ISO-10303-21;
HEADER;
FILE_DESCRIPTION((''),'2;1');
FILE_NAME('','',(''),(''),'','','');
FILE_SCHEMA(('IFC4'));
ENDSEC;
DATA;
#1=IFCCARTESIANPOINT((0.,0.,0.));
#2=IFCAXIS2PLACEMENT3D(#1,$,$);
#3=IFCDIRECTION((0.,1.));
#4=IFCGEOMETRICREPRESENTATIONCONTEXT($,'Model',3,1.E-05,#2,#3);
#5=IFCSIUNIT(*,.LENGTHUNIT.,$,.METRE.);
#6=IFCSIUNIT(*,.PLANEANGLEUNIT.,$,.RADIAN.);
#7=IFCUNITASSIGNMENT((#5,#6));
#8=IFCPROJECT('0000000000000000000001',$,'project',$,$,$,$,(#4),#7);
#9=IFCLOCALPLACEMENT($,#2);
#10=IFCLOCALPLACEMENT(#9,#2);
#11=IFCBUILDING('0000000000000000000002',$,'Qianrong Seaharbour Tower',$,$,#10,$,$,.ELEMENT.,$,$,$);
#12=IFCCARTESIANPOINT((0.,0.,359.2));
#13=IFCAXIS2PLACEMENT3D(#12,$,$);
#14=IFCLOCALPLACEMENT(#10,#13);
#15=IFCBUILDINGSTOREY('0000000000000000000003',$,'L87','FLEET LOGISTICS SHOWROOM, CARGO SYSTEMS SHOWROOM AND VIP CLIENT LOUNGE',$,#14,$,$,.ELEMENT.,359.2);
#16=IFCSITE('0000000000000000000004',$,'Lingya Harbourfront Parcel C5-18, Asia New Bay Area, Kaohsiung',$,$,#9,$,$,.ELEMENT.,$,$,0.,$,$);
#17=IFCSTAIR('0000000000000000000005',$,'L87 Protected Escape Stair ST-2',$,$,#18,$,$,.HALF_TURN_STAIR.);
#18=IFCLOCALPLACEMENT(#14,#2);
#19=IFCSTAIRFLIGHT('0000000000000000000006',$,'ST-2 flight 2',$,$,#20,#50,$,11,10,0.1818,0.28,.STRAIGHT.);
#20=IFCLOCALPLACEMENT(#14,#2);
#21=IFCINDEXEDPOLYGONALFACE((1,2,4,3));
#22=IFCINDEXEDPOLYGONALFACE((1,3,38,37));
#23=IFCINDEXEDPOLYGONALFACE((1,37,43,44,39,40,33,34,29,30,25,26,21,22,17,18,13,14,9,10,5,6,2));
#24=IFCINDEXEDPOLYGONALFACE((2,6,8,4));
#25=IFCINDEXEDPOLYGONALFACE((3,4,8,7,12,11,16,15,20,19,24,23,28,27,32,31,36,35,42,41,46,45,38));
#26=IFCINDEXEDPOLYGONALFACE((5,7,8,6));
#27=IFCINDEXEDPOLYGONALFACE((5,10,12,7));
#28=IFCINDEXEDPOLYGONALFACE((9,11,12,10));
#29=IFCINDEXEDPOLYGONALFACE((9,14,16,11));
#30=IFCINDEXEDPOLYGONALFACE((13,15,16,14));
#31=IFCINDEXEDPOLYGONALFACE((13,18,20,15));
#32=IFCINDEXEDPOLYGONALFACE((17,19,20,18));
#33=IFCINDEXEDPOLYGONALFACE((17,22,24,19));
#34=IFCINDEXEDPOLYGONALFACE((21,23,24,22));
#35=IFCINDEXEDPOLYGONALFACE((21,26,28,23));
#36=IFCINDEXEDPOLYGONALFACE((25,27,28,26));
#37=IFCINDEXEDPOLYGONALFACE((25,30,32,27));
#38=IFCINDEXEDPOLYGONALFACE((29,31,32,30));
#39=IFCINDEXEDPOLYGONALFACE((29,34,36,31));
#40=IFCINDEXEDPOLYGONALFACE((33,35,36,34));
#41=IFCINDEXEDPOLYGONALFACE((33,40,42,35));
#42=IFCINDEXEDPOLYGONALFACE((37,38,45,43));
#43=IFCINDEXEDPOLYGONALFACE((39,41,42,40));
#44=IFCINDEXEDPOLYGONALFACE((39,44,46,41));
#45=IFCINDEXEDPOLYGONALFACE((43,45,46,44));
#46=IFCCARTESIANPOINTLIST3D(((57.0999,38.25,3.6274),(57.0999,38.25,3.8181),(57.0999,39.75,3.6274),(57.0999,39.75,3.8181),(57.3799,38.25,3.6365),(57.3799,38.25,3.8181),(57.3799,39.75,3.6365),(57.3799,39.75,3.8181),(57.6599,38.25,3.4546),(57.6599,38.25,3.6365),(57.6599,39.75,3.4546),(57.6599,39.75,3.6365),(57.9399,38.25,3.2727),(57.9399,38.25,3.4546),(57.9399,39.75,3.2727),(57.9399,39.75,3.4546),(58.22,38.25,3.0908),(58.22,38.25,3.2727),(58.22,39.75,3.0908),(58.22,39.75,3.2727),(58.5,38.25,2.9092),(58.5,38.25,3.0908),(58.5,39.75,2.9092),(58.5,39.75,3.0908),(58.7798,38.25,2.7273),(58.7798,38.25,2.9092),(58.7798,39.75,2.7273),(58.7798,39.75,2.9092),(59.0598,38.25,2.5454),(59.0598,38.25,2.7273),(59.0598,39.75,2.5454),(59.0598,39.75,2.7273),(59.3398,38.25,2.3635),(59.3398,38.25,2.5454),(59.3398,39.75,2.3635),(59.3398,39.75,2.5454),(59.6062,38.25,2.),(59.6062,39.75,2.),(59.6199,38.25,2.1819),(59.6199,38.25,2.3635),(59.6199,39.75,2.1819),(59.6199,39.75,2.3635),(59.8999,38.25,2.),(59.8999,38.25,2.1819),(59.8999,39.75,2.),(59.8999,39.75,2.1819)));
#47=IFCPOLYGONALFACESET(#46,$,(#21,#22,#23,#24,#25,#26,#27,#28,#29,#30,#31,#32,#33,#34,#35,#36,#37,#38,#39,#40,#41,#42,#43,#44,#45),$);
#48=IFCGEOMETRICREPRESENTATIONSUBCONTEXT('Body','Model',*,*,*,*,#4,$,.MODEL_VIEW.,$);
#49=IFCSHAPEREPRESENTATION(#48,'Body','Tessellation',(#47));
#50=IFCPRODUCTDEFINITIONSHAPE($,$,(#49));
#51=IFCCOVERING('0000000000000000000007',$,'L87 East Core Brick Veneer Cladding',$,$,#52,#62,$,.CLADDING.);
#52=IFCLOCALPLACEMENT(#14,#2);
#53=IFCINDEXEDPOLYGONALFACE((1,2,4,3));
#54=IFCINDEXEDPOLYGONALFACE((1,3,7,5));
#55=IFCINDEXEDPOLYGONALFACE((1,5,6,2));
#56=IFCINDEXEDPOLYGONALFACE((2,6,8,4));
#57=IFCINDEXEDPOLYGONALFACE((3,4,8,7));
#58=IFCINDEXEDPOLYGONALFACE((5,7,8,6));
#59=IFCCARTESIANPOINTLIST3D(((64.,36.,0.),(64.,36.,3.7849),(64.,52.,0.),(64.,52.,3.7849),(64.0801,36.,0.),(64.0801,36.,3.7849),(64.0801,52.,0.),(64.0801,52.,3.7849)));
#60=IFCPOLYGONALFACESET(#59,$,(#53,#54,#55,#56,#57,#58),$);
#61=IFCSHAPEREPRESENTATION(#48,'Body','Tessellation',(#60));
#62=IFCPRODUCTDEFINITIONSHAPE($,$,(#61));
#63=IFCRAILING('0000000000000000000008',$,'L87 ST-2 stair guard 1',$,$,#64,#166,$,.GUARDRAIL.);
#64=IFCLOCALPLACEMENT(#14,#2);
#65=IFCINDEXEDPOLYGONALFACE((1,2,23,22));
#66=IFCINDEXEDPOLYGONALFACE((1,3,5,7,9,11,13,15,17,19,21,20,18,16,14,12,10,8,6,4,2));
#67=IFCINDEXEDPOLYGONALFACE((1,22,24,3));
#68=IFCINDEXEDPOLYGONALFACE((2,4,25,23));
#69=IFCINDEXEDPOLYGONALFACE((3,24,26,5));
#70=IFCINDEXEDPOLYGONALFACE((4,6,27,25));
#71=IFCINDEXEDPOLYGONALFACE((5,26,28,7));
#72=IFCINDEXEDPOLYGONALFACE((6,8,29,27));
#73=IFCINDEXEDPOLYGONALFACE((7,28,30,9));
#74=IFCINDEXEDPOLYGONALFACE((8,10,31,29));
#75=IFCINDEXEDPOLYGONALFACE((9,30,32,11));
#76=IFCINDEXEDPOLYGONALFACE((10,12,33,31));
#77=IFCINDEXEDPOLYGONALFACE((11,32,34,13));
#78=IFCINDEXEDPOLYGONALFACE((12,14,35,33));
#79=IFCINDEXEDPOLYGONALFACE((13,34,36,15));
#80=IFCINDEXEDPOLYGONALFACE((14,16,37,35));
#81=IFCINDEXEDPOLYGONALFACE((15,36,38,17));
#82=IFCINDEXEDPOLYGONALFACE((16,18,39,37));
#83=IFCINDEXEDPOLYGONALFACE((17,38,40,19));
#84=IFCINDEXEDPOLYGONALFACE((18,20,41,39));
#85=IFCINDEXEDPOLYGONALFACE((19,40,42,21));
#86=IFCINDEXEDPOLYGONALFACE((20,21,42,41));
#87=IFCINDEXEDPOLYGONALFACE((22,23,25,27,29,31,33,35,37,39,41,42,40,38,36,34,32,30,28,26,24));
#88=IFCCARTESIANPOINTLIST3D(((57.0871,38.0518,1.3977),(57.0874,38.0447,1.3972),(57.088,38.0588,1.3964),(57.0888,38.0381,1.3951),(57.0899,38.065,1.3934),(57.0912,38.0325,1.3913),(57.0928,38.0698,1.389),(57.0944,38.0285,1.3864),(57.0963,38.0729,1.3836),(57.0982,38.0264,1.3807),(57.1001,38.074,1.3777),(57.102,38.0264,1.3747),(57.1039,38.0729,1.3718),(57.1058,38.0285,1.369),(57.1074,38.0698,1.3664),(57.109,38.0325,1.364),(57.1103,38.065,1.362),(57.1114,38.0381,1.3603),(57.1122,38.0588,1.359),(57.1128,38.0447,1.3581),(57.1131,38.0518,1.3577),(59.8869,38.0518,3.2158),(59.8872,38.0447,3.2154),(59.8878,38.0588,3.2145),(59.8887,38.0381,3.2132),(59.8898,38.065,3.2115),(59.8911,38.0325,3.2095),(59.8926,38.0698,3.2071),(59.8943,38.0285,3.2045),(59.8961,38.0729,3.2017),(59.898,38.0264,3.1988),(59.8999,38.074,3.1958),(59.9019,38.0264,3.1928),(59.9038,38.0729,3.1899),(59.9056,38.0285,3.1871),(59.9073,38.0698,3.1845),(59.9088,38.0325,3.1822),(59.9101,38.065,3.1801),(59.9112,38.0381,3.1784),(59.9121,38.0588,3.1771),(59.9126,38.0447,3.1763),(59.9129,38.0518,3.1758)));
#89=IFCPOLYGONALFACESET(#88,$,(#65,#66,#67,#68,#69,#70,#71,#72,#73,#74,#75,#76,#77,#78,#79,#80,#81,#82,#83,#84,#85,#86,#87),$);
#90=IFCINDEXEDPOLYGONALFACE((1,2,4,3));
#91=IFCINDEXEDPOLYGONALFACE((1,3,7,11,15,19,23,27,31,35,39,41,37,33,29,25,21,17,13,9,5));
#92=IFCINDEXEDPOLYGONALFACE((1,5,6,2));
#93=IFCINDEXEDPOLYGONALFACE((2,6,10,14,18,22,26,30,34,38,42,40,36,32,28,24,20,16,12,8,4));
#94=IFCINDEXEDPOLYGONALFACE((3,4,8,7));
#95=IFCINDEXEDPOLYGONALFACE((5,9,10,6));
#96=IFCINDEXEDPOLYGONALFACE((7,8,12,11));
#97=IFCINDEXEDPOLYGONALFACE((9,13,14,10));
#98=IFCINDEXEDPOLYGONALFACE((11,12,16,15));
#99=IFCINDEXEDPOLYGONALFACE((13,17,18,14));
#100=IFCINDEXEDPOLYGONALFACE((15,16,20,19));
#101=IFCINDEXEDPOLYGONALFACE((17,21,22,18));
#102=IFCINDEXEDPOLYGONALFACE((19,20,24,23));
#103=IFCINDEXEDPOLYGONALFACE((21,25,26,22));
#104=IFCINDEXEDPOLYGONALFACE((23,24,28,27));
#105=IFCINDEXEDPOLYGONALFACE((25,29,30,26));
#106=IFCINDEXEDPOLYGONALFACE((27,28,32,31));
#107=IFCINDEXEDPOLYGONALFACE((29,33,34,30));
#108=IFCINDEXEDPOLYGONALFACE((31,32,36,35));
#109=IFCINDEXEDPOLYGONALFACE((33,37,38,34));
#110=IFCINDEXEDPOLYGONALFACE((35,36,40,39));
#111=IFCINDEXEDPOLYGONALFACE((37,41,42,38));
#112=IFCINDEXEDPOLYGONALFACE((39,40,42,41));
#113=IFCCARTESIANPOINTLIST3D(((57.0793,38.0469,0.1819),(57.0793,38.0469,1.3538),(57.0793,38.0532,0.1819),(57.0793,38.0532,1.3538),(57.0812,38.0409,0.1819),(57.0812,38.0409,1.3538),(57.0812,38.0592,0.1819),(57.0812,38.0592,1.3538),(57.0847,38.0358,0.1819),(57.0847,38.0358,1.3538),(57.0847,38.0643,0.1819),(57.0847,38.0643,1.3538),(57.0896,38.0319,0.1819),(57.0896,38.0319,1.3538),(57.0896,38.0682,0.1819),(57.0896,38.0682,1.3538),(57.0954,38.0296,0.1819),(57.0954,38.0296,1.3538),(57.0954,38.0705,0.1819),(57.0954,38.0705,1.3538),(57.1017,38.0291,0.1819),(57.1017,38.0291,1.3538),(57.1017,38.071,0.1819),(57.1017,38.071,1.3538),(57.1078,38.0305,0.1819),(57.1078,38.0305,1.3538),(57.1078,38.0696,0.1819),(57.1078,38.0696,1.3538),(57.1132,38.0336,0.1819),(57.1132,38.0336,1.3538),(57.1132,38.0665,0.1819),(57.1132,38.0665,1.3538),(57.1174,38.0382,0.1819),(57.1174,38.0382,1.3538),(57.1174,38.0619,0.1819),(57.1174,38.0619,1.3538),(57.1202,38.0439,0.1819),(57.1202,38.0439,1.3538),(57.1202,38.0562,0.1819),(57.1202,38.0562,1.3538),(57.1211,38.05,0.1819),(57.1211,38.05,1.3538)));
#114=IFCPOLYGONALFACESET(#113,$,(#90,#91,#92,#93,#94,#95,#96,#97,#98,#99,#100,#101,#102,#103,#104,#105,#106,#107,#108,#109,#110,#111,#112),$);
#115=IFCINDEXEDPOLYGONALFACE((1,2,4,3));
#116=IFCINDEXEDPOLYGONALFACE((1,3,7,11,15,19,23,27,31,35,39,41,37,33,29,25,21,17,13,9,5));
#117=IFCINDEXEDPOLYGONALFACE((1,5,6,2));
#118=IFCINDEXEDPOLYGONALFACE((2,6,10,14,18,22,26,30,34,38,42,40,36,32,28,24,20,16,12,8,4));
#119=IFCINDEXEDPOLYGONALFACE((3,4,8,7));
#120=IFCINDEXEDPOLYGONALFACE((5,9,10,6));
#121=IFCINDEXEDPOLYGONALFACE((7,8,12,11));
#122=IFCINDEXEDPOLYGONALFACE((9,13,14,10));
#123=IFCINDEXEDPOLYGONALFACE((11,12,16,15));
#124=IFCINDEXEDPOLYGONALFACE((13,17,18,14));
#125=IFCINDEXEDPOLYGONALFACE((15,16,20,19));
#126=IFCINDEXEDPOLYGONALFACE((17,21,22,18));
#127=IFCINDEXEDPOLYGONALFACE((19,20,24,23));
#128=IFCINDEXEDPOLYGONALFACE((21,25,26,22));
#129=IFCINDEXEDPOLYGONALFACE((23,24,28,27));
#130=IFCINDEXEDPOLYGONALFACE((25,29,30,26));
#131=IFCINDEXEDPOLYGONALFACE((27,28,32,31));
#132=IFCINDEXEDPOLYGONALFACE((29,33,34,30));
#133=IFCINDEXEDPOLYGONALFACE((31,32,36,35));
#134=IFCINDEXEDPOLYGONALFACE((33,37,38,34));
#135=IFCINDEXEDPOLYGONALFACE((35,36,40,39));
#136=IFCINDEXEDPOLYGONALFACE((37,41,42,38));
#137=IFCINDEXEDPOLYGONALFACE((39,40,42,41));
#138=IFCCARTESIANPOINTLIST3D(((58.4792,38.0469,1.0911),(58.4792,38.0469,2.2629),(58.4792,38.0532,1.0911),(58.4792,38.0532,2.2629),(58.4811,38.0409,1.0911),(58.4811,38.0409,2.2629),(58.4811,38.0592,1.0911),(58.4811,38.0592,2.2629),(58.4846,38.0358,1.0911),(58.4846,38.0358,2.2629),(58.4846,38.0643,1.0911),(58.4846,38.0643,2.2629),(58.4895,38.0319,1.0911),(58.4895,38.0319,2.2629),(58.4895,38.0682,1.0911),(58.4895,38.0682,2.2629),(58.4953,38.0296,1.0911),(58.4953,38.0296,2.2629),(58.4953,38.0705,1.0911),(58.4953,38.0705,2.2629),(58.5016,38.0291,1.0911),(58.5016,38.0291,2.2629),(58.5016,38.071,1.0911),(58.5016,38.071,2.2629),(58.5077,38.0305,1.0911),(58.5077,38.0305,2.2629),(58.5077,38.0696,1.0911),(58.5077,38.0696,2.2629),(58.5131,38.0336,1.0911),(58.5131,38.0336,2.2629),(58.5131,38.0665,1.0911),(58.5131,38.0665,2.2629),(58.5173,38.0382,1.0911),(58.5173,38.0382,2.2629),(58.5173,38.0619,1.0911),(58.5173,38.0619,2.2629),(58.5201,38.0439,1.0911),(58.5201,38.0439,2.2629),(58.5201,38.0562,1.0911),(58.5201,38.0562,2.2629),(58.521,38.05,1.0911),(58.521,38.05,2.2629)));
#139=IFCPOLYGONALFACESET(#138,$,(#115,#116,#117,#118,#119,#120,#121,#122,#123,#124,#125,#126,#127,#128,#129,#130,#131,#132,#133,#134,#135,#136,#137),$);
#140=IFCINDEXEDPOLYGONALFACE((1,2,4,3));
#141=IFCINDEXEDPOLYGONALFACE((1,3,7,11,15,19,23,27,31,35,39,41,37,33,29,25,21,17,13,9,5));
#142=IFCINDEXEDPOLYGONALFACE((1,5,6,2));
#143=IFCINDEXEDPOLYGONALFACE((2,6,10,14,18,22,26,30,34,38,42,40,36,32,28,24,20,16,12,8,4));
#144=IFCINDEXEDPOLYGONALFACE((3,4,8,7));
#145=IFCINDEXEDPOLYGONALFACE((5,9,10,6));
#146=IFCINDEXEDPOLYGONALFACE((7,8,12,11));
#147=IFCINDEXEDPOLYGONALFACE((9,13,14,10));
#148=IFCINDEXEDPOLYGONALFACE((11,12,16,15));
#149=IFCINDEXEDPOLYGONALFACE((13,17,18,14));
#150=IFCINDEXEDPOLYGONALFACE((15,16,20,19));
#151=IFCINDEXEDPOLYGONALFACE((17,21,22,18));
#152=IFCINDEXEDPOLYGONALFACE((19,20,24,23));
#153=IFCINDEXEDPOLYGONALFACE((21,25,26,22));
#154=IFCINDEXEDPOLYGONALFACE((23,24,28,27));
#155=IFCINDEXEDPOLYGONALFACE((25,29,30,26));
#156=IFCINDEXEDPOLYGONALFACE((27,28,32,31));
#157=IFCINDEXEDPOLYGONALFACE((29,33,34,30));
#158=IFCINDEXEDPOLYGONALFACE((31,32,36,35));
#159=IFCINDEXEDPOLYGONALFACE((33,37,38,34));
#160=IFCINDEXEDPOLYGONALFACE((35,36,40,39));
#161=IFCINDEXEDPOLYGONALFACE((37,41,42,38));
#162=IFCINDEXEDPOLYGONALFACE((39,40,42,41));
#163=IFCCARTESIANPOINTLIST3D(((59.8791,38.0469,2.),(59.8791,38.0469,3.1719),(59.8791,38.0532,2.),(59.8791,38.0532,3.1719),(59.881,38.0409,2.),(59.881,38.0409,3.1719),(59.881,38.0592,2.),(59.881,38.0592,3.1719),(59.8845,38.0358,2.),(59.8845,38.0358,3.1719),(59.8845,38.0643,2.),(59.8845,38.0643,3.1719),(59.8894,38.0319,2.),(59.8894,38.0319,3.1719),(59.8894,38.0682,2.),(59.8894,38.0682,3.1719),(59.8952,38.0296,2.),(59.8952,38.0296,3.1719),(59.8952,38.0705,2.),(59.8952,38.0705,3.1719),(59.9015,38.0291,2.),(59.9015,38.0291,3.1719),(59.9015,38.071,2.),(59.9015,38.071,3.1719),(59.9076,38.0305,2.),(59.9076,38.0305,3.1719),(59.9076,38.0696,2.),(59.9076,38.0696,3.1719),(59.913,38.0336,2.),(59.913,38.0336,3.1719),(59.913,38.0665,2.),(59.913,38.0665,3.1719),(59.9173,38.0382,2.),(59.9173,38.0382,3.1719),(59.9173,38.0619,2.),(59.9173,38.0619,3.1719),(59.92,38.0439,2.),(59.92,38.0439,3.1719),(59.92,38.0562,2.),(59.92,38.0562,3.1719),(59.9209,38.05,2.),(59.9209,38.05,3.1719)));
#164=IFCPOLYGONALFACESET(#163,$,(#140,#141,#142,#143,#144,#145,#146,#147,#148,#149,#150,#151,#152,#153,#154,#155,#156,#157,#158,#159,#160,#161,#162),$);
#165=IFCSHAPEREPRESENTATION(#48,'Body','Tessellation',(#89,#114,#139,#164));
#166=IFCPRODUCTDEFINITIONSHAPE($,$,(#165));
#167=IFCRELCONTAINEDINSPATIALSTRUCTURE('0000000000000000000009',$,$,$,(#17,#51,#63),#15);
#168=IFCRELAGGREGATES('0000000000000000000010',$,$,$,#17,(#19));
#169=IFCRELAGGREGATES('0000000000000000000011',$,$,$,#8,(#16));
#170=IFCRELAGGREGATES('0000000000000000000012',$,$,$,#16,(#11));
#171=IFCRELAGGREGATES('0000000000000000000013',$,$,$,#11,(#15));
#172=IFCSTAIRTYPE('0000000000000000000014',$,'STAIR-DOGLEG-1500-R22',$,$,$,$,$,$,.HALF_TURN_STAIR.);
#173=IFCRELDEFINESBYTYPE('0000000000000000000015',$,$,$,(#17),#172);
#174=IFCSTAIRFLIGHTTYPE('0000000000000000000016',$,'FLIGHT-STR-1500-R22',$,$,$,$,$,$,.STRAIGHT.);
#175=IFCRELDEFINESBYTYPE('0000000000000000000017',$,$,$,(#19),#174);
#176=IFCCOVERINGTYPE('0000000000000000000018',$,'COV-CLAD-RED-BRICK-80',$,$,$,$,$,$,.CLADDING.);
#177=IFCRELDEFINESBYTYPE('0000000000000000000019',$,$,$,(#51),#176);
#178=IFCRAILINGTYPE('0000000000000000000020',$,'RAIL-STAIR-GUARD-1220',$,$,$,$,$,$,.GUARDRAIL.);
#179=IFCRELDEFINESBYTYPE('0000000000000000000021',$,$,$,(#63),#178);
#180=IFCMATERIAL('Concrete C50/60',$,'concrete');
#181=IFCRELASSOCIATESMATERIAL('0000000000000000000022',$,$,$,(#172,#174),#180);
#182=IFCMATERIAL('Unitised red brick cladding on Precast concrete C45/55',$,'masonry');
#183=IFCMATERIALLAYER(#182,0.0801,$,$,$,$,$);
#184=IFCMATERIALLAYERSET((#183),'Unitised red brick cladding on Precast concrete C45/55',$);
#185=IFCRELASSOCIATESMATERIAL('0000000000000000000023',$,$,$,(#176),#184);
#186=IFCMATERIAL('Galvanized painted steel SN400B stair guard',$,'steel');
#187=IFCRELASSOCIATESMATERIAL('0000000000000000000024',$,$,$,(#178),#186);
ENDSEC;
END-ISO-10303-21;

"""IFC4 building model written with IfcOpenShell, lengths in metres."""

from ifc_helpers import new_model, si_unit, direction, frame, origin, origin_2d, place, context, subcontext, project, spatial, polyline, rectangle, circle, outline, extrude, material, layer, layer_set, type_object, element, aggregate, save


model = new_model("IFC4")

# Units and contexts
model_context = context("Model", 3, precision=1e-05, world=origin(), true_north=direction((0.0, 1.0)))
body_context = subcontext(model_context, "Body", "Model", "MODEL_VIEW")
ifc_project = project(units=[si_unit("LENGTHUNIT", "METRE"), si_unit("PLANEANGLEUNIT", "RADIAN")], contexts=[model_context])

# Site, building, storey
site_placement = place(None, origin())
site = spatial("IfcSite", under=ifc_project, at=site_placement, Name="Lingya Harbourfront Parcel C5-18, Asia New Bay Area, Kaohsiung", CompositionType="ELEMENT", RefElevation=0.0)
building_placement = place(site_placement, origin())
building = spatial("IfcBuilding", under=site, at=building_placement, Name="Qianrong Seaharbour Tower", CompositionType="ELEMENT")
storey_placement = place(building_placement, frame((0.0, 0.0, 359.2)))
storey = spatial("IfcBuildingStorey", under=building, at=storey_placement, Name="L87", Description="FLEET LOGISTICS SHOWROOM, CARGO SYSTEMS SHOWROOM AND VIP CLIENT LOUNGE", CompositionType="ELEMENT", Elevation=359.2)

# Shared definitions
ifc_material_1 = material(Name="Concrete C50/60", Category="concrete")

# Stair, stair flight
stair_type = type_object("IfcStairType", Name="STAIR-DOGLEG-1500-R22", PredefinedType="HALF_TURN_STAIR", material=ifc_material_1)
stair_placement = place(storey_placement, origin())
stair = element("IfcStair", 1, at=stair_placement, inside=storey, type_object=stair_type, Name="L87 Protected Escape Stair ST-2", PredefinedType="HALF_TURN_STAIR")
stair_flight_type = type_object("IfcStairFlightType", Name="FLIGHT-STR-1500-R22", PredefinedType="STRAIGHT", material=ifc_material_1)
stair_flight_1_placement = place(storey_placement, frame((59.8999, 39.0, 2.0), z_axis=(0.0, 0.0, 1.0), x_axis=(-1.0, 0.0, 0.0)))
stair_flight_1 = element("IfcStairFlight", 2, at=stair_flight_1_placement, type_object=stair_flight_type, Name="ST-2 flight 2", NumberOfRisers=11, NumberOfTreads=10, PredefinedType="STRAIGHT", RiserHeight=0.1818, TreadLength=0.28, context=body_context, shape_type="SweptSolid", body=[
    extrude(outline(polyline([(0.0, 0.0), (0.0, 0.1819), (0.28, 0.1819), (0.28, 0.3635), (0.5601, 0.3635), (0.5601, 0.5454), (0.8401, 0.5454), (0.8401, 0.7273), (1.1201, 0.7273), (1.1201, 0.9092), (1.3999, 0.9092), (1.3999, 1.0908), (1.6799, 1.0908), (1.6799, 1.2727), (1.96, 1.2727), (1.96, 1.4546), (2.24, 1.4546), (2.24, 1.6365), (2.52, 1.6365), (2.52, 1.8181), (2.8, 1.8181), (2.8, 2.0), (2.8, 1.6274), (0.2937, 0.0), (0.0, 0.0)])), frame((0.0, 0.75, 0.0), z_axis=(0.0, -1.0, 0.0), x_axis=(1.0, 0.0, 0.0)), (0.0, 0.0, 1.0), 1.5),
])
aggregate(stair, [stair_flight_1])

# Covering
ifc_material_2 = material(Name="Unitised red brick cladding on Precast concrete C45/55", Category="masonry")
ifc_layer_1 = layer(ifc_material_2, 0.0801)
ifc_layer_set_1 = layer_set([ifc_layer_1], Name="Unitised red brick cladding on Precast concrete C45/55")
covering_type = type_object("IfcCoveringType", Name="COV-CLAD-RED-BRICK-80", PredefinedType="CLADDING", material=ifc_layer_set_1)
covering_placement = place(storey_placement, frame((64.04, 44.0, 0.0), z_axis=(0.0, 0.0, 1.0), x_axis=(1.0, 0.0, 0.0)))
element("IfcCovering", 3, at=covering_placement, inside=storey, type_object=covering_type, Name="L87 East Core Brick Veneer Cladding", PredefinedType="CLADDING", context=body_context, shape_type="SweptSolid", body=[
    extrude(rectangle(XDim=0.0801, YDim=16.0, at=origin_2d()), origin(), (0.0, 0.0, 1.0), 3.7849),
])

# Railing
ifc_material_3 = material(Name="Galvanized painted steel SN400B stair guard", Category="steel")
railing_type_1 = type_object("IfcRailingType", Name="RAIL-STAIR-GUARD-1220", PredefinedType="GUARDRAIL", material=ifc_material_3)
railing_1_placement = place(storey_placement, frame((57.1001, 38.05, 0.1819)))
element("IfcRailing", 4, at=railing_1_placement, inside=storey, type_object=railing_type_1, Name="L87 ST-2 stair guard 1", PredefinedType="GUARDRAIL", context=body_context, shape_type="SweptSolid", body=[
    extrude(circle(Radius=0.0239, at=origin_2d()), frame((0.0, 0.0, 1.1958), z_axis=(0.838684, 0.0, 0.544618), x_axis=(0.0, 1.0, 0.0)), (0.0, 0.0, 1.0), 3.3384),
    extrude(circle(Radius=0.021, at=origin_2d()), origin(), (0.0, 0.0, 1.0), 1.1719),
    extrude(circle(Radius=0.021, at=origin_2d()), frame((1.3999, 0.0, 0.9092)), (0.0, 0.0, 1.0), 1.1719),
    extrude(circle(Radius=0.021, at=origin_2d()), frame((2.7998, 0.0, 1.8181)), (0.0, 0.0, 1.0), 1.1719),
])

save(model, "model.ifc")
